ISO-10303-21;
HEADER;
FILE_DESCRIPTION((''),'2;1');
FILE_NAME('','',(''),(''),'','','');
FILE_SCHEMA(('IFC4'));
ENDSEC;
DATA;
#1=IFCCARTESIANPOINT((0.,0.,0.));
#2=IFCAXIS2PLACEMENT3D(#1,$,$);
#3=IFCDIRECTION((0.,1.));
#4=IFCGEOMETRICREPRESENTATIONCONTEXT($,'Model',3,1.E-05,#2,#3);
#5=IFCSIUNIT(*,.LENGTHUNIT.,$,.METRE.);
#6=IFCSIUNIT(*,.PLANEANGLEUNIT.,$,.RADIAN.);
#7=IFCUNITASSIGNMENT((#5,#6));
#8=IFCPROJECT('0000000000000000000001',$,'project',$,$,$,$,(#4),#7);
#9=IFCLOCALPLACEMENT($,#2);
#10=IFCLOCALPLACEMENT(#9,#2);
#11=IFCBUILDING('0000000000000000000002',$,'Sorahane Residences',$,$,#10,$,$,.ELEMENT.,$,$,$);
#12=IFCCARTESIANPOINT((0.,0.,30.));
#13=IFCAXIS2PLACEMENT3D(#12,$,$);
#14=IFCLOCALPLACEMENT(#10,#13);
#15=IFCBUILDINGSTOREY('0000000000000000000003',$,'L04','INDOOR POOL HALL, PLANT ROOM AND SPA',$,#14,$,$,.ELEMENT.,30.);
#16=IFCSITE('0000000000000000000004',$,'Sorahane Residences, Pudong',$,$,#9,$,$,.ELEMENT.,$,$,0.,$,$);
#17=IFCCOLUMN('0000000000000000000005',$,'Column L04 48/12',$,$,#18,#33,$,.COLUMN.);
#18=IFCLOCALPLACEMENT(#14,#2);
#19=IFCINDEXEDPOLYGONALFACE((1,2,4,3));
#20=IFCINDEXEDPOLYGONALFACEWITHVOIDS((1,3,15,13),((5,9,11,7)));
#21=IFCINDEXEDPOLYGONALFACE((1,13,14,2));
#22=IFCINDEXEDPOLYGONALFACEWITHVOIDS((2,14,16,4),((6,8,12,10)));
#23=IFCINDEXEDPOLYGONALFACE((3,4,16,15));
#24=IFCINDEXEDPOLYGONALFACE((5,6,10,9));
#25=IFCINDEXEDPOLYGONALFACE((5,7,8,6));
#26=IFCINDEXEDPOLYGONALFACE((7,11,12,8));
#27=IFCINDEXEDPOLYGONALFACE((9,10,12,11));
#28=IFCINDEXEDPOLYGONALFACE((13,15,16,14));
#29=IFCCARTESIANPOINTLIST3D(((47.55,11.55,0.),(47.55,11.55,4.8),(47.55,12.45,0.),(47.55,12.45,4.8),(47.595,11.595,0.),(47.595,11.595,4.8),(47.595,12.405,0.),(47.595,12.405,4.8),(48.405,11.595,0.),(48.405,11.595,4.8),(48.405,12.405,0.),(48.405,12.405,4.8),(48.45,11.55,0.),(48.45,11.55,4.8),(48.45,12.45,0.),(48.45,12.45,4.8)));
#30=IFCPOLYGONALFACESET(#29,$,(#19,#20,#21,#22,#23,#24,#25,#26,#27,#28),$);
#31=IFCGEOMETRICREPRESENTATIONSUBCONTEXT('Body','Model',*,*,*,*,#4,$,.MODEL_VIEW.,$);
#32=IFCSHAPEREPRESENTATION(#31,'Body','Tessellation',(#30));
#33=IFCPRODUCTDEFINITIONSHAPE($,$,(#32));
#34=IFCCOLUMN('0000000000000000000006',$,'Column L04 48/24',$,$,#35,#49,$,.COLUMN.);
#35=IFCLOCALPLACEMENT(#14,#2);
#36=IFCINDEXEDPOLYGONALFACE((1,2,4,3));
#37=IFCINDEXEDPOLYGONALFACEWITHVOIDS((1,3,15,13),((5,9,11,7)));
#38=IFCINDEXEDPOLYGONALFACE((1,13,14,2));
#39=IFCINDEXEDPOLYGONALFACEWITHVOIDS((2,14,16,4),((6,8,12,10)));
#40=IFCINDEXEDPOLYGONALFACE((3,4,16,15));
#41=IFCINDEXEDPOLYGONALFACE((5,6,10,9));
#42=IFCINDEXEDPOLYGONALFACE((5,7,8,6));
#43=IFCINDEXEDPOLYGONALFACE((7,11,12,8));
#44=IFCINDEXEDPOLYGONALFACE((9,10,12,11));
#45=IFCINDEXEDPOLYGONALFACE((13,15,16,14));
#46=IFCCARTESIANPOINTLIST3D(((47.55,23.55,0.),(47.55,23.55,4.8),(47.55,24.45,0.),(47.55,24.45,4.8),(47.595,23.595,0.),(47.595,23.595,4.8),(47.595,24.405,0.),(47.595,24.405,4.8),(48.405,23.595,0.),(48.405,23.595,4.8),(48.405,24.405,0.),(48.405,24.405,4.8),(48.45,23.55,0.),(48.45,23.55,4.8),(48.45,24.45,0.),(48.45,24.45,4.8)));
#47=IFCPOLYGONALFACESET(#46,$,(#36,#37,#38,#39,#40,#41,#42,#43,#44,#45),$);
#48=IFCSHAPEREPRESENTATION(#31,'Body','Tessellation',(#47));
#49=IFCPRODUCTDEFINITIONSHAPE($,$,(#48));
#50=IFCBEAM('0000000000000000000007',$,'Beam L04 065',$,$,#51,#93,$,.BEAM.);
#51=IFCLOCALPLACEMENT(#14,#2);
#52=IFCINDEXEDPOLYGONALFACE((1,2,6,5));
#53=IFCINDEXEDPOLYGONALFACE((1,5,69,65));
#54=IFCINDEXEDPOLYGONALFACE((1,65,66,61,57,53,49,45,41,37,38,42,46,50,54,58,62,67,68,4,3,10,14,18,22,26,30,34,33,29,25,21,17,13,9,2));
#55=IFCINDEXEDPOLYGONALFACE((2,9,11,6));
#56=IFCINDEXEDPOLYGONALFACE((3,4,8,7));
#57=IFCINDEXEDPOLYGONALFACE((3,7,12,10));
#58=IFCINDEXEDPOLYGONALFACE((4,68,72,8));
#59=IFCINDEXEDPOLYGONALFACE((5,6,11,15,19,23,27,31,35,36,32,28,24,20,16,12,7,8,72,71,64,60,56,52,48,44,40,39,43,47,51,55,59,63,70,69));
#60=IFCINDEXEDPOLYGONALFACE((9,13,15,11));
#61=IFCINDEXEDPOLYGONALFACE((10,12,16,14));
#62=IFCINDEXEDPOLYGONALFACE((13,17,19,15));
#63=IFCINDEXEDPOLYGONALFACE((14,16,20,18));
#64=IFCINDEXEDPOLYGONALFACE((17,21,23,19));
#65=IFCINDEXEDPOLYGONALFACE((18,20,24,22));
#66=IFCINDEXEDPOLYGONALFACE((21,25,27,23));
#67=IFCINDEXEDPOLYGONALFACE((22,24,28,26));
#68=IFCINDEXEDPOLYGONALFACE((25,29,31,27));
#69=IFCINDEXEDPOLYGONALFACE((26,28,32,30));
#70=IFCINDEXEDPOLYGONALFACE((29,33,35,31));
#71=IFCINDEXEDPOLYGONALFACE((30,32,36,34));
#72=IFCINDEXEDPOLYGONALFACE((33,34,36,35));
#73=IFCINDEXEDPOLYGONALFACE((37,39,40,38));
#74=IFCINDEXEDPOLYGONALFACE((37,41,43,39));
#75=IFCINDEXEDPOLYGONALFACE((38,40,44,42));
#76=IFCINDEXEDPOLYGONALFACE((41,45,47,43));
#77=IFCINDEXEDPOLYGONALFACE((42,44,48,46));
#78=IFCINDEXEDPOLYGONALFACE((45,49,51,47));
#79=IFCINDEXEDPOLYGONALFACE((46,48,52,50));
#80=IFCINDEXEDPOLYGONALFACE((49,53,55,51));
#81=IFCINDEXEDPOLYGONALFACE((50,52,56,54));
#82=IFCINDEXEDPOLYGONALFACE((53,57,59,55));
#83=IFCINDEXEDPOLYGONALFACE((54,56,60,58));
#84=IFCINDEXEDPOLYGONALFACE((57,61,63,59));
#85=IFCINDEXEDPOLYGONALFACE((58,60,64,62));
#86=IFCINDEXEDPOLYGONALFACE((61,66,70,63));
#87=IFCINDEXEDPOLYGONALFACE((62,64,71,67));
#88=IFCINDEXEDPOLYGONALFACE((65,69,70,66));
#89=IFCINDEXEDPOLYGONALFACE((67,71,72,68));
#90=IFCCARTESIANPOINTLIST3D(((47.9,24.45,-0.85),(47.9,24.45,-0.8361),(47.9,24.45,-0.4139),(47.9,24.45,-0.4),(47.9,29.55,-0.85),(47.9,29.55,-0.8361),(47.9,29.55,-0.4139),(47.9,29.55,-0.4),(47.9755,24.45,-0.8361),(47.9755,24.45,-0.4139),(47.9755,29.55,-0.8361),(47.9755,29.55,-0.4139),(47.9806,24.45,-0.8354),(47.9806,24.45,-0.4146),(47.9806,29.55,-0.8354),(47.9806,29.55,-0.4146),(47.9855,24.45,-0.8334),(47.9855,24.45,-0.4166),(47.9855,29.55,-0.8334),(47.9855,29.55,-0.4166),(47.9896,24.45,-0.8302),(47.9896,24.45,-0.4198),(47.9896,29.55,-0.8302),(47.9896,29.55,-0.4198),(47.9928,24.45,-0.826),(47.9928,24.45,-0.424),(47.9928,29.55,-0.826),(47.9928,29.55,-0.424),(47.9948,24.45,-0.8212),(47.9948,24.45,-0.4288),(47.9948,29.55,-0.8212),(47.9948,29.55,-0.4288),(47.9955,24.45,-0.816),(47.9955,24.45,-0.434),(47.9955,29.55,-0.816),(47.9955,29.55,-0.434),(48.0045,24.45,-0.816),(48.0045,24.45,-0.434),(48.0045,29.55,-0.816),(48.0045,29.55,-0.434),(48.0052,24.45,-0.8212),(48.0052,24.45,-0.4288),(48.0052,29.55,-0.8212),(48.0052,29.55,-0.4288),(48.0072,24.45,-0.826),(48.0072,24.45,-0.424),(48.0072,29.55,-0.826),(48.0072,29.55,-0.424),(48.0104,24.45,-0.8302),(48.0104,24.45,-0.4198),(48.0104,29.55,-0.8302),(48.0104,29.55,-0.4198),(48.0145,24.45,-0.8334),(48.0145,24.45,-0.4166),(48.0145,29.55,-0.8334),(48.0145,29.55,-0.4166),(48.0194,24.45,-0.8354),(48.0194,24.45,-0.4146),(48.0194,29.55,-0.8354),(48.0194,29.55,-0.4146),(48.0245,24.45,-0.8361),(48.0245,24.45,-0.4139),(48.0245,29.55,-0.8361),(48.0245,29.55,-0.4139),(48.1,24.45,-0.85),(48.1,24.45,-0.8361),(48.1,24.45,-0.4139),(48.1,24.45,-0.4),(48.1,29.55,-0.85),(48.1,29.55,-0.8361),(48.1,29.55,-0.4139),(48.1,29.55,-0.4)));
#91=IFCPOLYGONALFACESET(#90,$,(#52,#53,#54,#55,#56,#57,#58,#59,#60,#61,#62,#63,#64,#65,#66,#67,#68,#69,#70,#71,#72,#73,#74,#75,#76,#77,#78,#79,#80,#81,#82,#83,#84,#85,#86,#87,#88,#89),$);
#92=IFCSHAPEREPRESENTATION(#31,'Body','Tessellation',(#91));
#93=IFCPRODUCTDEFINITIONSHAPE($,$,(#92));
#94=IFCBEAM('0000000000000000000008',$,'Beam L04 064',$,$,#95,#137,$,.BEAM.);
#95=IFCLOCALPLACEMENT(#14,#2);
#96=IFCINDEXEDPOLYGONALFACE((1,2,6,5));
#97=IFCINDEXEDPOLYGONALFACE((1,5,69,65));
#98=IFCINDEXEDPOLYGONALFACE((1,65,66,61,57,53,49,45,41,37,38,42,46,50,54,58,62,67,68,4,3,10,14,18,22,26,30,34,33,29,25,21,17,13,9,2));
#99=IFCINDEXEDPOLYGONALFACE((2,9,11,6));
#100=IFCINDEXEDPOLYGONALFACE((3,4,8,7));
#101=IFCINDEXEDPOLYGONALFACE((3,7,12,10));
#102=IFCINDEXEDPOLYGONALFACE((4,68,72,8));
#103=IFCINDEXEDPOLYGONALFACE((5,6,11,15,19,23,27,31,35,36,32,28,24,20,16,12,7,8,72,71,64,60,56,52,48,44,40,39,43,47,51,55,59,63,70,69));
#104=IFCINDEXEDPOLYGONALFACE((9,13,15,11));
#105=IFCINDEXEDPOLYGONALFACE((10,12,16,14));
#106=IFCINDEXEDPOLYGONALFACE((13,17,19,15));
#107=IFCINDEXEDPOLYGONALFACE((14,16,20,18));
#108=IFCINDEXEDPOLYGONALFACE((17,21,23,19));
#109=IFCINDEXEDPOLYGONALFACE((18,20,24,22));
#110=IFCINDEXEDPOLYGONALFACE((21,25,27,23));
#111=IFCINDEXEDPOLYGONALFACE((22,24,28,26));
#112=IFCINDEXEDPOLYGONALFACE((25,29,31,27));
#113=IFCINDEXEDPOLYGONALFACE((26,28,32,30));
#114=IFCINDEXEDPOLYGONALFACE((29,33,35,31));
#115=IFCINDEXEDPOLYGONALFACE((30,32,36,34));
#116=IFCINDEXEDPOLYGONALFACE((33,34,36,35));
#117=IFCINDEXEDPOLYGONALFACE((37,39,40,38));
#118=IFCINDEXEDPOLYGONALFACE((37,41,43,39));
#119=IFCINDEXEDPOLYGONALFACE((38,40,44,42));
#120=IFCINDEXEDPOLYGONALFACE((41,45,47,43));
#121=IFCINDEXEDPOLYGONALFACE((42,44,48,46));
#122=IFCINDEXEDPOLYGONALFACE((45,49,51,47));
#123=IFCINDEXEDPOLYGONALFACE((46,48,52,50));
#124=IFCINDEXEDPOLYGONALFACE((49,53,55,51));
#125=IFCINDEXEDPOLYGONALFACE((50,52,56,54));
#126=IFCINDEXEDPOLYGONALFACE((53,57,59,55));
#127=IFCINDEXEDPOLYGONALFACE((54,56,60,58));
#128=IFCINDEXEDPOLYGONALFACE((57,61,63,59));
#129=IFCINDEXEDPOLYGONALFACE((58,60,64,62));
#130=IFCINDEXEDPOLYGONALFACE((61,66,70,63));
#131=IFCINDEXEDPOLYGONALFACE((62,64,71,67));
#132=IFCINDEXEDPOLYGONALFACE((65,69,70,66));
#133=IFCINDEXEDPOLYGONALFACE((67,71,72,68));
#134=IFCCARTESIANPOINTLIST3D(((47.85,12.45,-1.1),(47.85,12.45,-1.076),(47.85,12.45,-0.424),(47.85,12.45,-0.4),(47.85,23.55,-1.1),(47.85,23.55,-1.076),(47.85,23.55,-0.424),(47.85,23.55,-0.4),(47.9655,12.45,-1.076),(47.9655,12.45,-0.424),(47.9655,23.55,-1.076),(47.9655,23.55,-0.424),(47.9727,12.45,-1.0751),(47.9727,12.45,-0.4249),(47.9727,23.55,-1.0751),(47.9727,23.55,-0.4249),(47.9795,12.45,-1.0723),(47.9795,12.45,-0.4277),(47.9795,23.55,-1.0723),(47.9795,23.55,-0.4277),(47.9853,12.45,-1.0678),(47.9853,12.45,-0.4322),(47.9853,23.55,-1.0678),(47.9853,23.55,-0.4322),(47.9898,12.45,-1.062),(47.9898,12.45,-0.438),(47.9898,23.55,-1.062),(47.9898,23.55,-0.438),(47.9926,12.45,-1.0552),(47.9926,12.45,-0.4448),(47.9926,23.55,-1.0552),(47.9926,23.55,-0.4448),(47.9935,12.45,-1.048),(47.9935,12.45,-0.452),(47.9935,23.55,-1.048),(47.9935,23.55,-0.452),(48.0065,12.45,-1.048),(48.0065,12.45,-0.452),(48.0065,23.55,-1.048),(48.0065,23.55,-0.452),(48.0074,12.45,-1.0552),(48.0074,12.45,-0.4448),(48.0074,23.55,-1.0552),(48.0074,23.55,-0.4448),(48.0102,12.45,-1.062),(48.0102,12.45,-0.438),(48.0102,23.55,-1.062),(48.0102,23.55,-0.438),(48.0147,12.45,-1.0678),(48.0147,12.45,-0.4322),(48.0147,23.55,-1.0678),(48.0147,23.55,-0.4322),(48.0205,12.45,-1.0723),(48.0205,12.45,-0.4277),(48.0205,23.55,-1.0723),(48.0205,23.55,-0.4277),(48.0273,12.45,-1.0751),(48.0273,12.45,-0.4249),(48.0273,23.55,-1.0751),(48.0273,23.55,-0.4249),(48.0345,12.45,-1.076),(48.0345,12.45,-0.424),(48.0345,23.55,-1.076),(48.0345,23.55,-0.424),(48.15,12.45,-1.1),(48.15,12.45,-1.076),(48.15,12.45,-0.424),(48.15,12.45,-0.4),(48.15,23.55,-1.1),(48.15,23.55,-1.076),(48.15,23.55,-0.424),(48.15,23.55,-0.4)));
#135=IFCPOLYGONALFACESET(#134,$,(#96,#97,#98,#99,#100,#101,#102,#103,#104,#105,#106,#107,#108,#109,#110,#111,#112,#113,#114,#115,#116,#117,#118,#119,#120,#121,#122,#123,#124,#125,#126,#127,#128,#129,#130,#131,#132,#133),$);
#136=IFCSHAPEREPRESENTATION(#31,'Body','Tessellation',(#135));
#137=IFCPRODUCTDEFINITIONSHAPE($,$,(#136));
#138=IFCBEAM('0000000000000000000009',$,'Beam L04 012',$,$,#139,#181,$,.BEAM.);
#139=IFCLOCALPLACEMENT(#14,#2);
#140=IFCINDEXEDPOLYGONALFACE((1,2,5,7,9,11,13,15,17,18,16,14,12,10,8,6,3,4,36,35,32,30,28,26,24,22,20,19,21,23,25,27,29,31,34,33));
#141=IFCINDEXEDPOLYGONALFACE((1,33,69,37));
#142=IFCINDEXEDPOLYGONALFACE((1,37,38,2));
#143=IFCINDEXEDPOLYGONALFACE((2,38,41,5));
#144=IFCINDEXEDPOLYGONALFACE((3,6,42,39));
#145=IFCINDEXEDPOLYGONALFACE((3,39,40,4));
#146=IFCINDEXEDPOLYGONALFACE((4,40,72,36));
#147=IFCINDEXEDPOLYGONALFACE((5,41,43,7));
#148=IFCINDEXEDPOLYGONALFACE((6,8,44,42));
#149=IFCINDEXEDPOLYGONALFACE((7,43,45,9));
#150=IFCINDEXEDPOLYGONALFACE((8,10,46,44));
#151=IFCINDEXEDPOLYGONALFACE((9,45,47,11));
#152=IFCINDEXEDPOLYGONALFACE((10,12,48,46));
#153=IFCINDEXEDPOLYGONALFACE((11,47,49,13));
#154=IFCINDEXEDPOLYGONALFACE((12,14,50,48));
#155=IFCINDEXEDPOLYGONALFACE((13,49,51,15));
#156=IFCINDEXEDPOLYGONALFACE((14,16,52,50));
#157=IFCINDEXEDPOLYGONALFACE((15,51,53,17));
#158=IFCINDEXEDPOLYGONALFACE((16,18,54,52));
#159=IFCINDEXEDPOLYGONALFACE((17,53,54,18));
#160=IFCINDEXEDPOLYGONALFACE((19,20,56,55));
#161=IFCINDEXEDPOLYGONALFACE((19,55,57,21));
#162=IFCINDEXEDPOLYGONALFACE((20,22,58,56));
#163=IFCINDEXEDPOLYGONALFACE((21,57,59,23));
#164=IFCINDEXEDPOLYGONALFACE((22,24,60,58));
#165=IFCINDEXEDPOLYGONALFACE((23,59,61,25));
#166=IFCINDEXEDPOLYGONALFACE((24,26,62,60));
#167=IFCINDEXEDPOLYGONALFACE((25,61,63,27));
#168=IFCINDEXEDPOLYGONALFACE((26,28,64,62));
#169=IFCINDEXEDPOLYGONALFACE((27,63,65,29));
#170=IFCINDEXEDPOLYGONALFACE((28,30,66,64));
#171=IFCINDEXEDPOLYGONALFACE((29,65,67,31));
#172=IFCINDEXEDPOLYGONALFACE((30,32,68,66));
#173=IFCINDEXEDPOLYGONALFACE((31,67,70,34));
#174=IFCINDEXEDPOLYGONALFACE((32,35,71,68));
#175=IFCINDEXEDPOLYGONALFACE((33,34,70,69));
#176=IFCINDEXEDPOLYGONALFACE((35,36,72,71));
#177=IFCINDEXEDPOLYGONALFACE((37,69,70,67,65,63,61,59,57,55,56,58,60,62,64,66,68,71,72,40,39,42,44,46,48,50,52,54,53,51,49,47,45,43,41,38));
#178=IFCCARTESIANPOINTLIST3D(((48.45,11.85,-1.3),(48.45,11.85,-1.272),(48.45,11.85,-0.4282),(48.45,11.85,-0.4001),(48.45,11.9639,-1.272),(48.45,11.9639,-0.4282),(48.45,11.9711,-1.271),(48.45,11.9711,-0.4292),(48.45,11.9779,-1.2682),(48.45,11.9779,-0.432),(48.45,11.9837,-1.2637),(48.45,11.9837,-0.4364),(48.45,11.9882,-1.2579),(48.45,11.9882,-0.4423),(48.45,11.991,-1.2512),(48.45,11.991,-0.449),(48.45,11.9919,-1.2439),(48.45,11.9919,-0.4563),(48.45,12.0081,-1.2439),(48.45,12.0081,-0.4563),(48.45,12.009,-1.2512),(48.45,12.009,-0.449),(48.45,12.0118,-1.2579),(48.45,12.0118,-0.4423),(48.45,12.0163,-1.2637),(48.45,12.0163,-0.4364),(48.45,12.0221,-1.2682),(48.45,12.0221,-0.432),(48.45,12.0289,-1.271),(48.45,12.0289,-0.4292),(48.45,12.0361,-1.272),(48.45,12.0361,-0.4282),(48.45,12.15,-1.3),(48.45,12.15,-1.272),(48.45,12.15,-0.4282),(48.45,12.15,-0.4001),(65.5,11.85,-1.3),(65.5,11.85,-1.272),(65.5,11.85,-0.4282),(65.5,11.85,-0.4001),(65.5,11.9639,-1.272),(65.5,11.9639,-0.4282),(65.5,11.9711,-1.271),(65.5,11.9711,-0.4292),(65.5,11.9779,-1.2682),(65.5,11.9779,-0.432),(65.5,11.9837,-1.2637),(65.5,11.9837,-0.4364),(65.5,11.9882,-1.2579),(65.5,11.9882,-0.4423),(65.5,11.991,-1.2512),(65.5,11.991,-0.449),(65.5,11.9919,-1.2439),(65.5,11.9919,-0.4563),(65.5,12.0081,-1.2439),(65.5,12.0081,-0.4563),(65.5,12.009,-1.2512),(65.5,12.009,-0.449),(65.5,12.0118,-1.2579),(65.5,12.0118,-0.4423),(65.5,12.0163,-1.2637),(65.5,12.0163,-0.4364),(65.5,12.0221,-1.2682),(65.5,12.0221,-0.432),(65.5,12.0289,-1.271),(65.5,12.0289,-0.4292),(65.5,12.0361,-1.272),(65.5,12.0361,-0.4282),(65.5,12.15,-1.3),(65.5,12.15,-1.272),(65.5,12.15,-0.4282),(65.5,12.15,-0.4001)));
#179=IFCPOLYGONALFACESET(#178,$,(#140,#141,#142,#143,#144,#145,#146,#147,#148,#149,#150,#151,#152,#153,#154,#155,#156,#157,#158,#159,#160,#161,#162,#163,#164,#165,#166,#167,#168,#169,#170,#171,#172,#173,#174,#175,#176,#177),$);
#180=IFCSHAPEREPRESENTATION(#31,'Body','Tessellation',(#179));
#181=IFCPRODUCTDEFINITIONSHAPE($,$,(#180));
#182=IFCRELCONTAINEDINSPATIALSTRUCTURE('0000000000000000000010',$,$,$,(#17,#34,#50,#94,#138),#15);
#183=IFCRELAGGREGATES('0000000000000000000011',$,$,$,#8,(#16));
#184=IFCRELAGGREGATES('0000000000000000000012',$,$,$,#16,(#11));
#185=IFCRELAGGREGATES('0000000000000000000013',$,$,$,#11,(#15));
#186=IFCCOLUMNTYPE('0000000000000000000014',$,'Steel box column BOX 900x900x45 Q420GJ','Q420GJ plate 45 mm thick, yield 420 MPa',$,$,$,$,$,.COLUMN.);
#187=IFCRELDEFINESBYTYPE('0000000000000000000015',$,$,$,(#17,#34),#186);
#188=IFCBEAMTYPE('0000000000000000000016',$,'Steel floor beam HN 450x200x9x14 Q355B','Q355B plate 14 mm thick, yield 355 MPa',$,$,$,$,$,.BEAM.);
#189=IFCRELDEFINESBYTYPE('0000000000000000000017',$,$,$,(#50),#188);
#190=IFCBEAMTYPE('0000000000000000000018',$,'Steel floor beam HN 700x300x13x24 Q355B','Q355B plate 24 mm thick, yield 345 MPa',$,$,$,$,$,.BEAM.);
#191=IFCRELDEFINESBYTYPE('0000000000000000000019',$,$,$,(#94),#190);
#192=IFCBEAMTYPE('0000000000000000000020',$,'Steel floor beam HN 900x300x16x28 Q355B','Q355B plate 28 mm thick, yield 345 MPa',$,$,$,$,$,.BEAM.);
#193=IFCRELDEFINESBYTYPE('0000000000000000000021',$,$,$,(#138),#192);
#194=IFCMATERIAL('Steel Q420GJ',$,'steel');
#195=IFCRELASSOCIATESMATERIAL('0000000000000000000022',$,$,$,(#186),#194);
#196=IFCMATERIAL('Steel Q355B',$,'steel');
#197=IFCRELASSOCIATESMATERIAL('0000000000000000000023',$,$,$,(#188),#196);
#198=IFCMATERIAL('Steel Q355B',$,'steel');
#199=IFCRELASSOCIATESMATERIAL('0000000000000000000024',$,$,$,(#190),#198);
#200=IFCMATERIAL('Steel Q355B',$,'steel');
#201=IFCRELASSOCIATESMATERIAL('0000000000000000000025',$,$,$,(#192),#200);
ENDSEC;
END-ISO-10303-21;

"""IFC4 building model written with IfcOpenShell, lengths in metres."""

from ifc_helpers import new_model, si_unit, direction, frame, origin, origin_2d, place, context, subcontext, project, spatial, hollow_rectangle, i_section, extrude, material, material_profile, profile_set, type_object, element, save


model = new_model("IFC4")

# Units and contexts
model_context = context("Model", 3, precision=1e-05, world=origin(), true_north=direction((0.0, 1.0)))
body_context = subcontext(model_context, "Body", "Model", "MODEL_VIEW")
ifc_project = project(units=[si_unit("LENGTHUNIT", "METRE"), si_unit("PLANEANGLEUNIT", "RADIAN")], contexts=[model_context])

# Site, building, storey
site_placement = place(None, origin())
site = spatial("IfcSite", under=ifc_project, at=site_placement, Name="Sorahane Residences, Pudong", CompositionType="ELEMENT", RefElevation=0.0)
building_placement = place(site_placement, origin())
building = spatial("IfcBuilding", under=site, at=building_placement, Name="Sorahane Residences", CompositionType="ELEMENT")
storey_placement = place(building_placement, frame((0.0, 0.0, 30.0)))
storey = spatial("IfcBuildingStorey", under=building, at=storey_placement, Name="L04", Description="INDOOR POOL HALL, PLANT ROOM AND SPA", CompositionType="ELEMENT", Elevation=30.0)

# Columns
ifc_material_1 = material(Name="Steel Q420GJ", Category="steel")
ifc_material_profile_1 = material_profile(ifc_material_1, hollow_rectangle(XDim=0.8999, YDim=0.8999, WallThickness=0.0449, at=origin_2d()), Name="BOX 900x900x45")
ifc_profile_set_1 = profile_set([ifc_material_profile_1], Name="Steel Q420GJ")
column_type = type_object("IfcColumnType", Name="Steel box column BOX 900x900x45 Q420GJ", Description="Q420GJ plate 45 mm thick, yield 420 MPa", PredefinedType="COLUMN", material=ifc_profile_set_1)
for number, where, z_axis, x_axis, name in (
    (1, (48.0, 12.0, 0.0), (0.0, 0.0, 1.0), (1.0, 0.0, 0.0), "Column L04 48/12"),
    (2, (48.0, 24.0, 0.0), (0.0, 0.0, 1.0), (1.0, 0.0, 0.0), "Column L04 48/24"),
):
    element("IfcColumn", number, at=place(storey_placement, frame(where, z_axis=z_axis, x_axis=x_axis)), inside=storey, type_object=column_type, Name=name, PredefinedType="COLUMN", context=body_context, shape_type="SweptSolid", body=[
        extrude(hollow_rectangle(XDim=0.8999, YDim=0.8999, WallThickness=0.0449, at=origin_2d()), origin(), (0.0, 0.0, 1.0), 4.8),
    ])

# Beams
ifc_material_2 = material(Name="Steel Q355B", Category="steel")
ifc_material_profile_2 = material_profile(ifc_material_2, i_section(OverallWidth=0.2, OverallDepth=0.45, WebThickness=0.009, FlangeThickness=0.0139, FilletRadius=0.02, at=origin_2d()), Name="HN 450x200x9x14")
ifc_profile_set_2 = profile_set([ifc_material_profile_2], Name="Steel Q355B")
beam_type_1 = type_object("IfcBeamType", Name="Steel floor beam HN 450x200x9x14 Q355B", Description="Q355B plate 14 mm thick, yield 355 MPa", PredefinedType="BEAM", material=ifc_profile_set_2)
beam_1_placement = place(storey_placement, frame((48.0, 24.45, -0.625), z_axis=(0.0, 1.0, 0.0), x_axis=(-1.0, 0.0, 0.0)))
element("IfcBeam", 3, at=beam_1_placement, inside=storey, type_object=beam_type_1, Name="Beam L04 065", PredefinedType="BEAM", context=body_context, shape_type="SweptSolid", body=[
    extrude(i_section(OverallWidth=0.2, OverallDepth=0.45, WebThickness=0.009, FlangeThickness=0.0139, FilletRadius=0.02, at=origin_2d()), origin(), (0.0, 0.0, 1.0), 5.1001),
])
ifc_material_3 = material(Name="Steel Q355B", Category="steel")
ifc_material_profile_3 = material_profile(ifc_material_3, i_section(OverallWidth=0.3, OverallDepth=0.7, WebThickness=0.0129, FlangeThickness=0.0239, FilletRadius=0.0281, at=origin_2d()), Name="HN 700x300x13x24")
ifc_profile_set_3 = profile_set([ifc_material_profile_3], Name="Steel Q355B")
beam_type_2 = type_object("IfcBeamType", Name="Steel floor beam HN 700x300x13x24 Q355B", Description="Q355B plate 24 mm thick, yield 345 MPa", PredefinedType="BEAM", material=ifc_profile_set_3)
beam_2_placement = place(storey_placement, frame((48.0, 12.45, -0.75), z_axis=(0.0, 1.0, 0.0), x_axis=(-1.0, 0.0, 0.0)))
element("IfcBeam", 4, at=beam_2_placement, inside=storey, type_object=beam_type_2, Name="Beam L04 064", PredefinedType="BEAM", context=body_context, shape_type="SweptSolid", body=[
    extrude(i_section(OverallWidth=0.3, OverallDepth=0.7, WebThickness=0.0129, FlangeThickness=0.0239, FilletRadius=0.0281, at=origin_2d()), origin(), (0.0, 0.0, 1.0), 11.1001),
])
ifc_material_4 = material(Name="Steel Q355B", Category="steel")
ifc_material_profile_4 = material_profile(ifc_material_4, i_section(OverallWidth=0.3, OverallDepth=0.8999, WebThickness=0.0161, FlangeThickness=0.0281, FilletRadius=0.0281, at=origin_2d()), Name="HN 900x300x16x28")
ifc_profile_set_4 = profile_set([ifc_material_profile_4], Name="Steel Q355B")
beam_type_3 = type_object("IfcBeamType", Name="Steel floor beam HN 900x300x16x28 Q355B", Description="Q355B plate 28 mm thick, yield 345 MPa", PredefinedType="BEAM", material=ifc_profile_set_4)
for number, where, z_axis, x_axis, name in (
    (5, (48.45, 12.0, -0.8501), (1.0, 0.0, 0.0), (0.0, 1.0, 0.0), "Beam L04 012"),
):
    element("IfcBeam", number, at=place(storey_placement, frame(where, z_axis=z_axis, x_axis=x_axis)), inside=storey, type_object=beam_type_3, Name=name, PredefinedType="BEAM", context=body_context, shape_type="SweptSolid", body=[
        extrude(i_section(OverallWidth=0.3, OverallDepth=0.8999, WebThickness=0.0161, FlangeThickness=0.0281, FilletRadius=0.0281, at=origin_2d()), origin(), (0.0, 0.0, 1.0), 17.05),
    ])

save(model, "model.ifc")
